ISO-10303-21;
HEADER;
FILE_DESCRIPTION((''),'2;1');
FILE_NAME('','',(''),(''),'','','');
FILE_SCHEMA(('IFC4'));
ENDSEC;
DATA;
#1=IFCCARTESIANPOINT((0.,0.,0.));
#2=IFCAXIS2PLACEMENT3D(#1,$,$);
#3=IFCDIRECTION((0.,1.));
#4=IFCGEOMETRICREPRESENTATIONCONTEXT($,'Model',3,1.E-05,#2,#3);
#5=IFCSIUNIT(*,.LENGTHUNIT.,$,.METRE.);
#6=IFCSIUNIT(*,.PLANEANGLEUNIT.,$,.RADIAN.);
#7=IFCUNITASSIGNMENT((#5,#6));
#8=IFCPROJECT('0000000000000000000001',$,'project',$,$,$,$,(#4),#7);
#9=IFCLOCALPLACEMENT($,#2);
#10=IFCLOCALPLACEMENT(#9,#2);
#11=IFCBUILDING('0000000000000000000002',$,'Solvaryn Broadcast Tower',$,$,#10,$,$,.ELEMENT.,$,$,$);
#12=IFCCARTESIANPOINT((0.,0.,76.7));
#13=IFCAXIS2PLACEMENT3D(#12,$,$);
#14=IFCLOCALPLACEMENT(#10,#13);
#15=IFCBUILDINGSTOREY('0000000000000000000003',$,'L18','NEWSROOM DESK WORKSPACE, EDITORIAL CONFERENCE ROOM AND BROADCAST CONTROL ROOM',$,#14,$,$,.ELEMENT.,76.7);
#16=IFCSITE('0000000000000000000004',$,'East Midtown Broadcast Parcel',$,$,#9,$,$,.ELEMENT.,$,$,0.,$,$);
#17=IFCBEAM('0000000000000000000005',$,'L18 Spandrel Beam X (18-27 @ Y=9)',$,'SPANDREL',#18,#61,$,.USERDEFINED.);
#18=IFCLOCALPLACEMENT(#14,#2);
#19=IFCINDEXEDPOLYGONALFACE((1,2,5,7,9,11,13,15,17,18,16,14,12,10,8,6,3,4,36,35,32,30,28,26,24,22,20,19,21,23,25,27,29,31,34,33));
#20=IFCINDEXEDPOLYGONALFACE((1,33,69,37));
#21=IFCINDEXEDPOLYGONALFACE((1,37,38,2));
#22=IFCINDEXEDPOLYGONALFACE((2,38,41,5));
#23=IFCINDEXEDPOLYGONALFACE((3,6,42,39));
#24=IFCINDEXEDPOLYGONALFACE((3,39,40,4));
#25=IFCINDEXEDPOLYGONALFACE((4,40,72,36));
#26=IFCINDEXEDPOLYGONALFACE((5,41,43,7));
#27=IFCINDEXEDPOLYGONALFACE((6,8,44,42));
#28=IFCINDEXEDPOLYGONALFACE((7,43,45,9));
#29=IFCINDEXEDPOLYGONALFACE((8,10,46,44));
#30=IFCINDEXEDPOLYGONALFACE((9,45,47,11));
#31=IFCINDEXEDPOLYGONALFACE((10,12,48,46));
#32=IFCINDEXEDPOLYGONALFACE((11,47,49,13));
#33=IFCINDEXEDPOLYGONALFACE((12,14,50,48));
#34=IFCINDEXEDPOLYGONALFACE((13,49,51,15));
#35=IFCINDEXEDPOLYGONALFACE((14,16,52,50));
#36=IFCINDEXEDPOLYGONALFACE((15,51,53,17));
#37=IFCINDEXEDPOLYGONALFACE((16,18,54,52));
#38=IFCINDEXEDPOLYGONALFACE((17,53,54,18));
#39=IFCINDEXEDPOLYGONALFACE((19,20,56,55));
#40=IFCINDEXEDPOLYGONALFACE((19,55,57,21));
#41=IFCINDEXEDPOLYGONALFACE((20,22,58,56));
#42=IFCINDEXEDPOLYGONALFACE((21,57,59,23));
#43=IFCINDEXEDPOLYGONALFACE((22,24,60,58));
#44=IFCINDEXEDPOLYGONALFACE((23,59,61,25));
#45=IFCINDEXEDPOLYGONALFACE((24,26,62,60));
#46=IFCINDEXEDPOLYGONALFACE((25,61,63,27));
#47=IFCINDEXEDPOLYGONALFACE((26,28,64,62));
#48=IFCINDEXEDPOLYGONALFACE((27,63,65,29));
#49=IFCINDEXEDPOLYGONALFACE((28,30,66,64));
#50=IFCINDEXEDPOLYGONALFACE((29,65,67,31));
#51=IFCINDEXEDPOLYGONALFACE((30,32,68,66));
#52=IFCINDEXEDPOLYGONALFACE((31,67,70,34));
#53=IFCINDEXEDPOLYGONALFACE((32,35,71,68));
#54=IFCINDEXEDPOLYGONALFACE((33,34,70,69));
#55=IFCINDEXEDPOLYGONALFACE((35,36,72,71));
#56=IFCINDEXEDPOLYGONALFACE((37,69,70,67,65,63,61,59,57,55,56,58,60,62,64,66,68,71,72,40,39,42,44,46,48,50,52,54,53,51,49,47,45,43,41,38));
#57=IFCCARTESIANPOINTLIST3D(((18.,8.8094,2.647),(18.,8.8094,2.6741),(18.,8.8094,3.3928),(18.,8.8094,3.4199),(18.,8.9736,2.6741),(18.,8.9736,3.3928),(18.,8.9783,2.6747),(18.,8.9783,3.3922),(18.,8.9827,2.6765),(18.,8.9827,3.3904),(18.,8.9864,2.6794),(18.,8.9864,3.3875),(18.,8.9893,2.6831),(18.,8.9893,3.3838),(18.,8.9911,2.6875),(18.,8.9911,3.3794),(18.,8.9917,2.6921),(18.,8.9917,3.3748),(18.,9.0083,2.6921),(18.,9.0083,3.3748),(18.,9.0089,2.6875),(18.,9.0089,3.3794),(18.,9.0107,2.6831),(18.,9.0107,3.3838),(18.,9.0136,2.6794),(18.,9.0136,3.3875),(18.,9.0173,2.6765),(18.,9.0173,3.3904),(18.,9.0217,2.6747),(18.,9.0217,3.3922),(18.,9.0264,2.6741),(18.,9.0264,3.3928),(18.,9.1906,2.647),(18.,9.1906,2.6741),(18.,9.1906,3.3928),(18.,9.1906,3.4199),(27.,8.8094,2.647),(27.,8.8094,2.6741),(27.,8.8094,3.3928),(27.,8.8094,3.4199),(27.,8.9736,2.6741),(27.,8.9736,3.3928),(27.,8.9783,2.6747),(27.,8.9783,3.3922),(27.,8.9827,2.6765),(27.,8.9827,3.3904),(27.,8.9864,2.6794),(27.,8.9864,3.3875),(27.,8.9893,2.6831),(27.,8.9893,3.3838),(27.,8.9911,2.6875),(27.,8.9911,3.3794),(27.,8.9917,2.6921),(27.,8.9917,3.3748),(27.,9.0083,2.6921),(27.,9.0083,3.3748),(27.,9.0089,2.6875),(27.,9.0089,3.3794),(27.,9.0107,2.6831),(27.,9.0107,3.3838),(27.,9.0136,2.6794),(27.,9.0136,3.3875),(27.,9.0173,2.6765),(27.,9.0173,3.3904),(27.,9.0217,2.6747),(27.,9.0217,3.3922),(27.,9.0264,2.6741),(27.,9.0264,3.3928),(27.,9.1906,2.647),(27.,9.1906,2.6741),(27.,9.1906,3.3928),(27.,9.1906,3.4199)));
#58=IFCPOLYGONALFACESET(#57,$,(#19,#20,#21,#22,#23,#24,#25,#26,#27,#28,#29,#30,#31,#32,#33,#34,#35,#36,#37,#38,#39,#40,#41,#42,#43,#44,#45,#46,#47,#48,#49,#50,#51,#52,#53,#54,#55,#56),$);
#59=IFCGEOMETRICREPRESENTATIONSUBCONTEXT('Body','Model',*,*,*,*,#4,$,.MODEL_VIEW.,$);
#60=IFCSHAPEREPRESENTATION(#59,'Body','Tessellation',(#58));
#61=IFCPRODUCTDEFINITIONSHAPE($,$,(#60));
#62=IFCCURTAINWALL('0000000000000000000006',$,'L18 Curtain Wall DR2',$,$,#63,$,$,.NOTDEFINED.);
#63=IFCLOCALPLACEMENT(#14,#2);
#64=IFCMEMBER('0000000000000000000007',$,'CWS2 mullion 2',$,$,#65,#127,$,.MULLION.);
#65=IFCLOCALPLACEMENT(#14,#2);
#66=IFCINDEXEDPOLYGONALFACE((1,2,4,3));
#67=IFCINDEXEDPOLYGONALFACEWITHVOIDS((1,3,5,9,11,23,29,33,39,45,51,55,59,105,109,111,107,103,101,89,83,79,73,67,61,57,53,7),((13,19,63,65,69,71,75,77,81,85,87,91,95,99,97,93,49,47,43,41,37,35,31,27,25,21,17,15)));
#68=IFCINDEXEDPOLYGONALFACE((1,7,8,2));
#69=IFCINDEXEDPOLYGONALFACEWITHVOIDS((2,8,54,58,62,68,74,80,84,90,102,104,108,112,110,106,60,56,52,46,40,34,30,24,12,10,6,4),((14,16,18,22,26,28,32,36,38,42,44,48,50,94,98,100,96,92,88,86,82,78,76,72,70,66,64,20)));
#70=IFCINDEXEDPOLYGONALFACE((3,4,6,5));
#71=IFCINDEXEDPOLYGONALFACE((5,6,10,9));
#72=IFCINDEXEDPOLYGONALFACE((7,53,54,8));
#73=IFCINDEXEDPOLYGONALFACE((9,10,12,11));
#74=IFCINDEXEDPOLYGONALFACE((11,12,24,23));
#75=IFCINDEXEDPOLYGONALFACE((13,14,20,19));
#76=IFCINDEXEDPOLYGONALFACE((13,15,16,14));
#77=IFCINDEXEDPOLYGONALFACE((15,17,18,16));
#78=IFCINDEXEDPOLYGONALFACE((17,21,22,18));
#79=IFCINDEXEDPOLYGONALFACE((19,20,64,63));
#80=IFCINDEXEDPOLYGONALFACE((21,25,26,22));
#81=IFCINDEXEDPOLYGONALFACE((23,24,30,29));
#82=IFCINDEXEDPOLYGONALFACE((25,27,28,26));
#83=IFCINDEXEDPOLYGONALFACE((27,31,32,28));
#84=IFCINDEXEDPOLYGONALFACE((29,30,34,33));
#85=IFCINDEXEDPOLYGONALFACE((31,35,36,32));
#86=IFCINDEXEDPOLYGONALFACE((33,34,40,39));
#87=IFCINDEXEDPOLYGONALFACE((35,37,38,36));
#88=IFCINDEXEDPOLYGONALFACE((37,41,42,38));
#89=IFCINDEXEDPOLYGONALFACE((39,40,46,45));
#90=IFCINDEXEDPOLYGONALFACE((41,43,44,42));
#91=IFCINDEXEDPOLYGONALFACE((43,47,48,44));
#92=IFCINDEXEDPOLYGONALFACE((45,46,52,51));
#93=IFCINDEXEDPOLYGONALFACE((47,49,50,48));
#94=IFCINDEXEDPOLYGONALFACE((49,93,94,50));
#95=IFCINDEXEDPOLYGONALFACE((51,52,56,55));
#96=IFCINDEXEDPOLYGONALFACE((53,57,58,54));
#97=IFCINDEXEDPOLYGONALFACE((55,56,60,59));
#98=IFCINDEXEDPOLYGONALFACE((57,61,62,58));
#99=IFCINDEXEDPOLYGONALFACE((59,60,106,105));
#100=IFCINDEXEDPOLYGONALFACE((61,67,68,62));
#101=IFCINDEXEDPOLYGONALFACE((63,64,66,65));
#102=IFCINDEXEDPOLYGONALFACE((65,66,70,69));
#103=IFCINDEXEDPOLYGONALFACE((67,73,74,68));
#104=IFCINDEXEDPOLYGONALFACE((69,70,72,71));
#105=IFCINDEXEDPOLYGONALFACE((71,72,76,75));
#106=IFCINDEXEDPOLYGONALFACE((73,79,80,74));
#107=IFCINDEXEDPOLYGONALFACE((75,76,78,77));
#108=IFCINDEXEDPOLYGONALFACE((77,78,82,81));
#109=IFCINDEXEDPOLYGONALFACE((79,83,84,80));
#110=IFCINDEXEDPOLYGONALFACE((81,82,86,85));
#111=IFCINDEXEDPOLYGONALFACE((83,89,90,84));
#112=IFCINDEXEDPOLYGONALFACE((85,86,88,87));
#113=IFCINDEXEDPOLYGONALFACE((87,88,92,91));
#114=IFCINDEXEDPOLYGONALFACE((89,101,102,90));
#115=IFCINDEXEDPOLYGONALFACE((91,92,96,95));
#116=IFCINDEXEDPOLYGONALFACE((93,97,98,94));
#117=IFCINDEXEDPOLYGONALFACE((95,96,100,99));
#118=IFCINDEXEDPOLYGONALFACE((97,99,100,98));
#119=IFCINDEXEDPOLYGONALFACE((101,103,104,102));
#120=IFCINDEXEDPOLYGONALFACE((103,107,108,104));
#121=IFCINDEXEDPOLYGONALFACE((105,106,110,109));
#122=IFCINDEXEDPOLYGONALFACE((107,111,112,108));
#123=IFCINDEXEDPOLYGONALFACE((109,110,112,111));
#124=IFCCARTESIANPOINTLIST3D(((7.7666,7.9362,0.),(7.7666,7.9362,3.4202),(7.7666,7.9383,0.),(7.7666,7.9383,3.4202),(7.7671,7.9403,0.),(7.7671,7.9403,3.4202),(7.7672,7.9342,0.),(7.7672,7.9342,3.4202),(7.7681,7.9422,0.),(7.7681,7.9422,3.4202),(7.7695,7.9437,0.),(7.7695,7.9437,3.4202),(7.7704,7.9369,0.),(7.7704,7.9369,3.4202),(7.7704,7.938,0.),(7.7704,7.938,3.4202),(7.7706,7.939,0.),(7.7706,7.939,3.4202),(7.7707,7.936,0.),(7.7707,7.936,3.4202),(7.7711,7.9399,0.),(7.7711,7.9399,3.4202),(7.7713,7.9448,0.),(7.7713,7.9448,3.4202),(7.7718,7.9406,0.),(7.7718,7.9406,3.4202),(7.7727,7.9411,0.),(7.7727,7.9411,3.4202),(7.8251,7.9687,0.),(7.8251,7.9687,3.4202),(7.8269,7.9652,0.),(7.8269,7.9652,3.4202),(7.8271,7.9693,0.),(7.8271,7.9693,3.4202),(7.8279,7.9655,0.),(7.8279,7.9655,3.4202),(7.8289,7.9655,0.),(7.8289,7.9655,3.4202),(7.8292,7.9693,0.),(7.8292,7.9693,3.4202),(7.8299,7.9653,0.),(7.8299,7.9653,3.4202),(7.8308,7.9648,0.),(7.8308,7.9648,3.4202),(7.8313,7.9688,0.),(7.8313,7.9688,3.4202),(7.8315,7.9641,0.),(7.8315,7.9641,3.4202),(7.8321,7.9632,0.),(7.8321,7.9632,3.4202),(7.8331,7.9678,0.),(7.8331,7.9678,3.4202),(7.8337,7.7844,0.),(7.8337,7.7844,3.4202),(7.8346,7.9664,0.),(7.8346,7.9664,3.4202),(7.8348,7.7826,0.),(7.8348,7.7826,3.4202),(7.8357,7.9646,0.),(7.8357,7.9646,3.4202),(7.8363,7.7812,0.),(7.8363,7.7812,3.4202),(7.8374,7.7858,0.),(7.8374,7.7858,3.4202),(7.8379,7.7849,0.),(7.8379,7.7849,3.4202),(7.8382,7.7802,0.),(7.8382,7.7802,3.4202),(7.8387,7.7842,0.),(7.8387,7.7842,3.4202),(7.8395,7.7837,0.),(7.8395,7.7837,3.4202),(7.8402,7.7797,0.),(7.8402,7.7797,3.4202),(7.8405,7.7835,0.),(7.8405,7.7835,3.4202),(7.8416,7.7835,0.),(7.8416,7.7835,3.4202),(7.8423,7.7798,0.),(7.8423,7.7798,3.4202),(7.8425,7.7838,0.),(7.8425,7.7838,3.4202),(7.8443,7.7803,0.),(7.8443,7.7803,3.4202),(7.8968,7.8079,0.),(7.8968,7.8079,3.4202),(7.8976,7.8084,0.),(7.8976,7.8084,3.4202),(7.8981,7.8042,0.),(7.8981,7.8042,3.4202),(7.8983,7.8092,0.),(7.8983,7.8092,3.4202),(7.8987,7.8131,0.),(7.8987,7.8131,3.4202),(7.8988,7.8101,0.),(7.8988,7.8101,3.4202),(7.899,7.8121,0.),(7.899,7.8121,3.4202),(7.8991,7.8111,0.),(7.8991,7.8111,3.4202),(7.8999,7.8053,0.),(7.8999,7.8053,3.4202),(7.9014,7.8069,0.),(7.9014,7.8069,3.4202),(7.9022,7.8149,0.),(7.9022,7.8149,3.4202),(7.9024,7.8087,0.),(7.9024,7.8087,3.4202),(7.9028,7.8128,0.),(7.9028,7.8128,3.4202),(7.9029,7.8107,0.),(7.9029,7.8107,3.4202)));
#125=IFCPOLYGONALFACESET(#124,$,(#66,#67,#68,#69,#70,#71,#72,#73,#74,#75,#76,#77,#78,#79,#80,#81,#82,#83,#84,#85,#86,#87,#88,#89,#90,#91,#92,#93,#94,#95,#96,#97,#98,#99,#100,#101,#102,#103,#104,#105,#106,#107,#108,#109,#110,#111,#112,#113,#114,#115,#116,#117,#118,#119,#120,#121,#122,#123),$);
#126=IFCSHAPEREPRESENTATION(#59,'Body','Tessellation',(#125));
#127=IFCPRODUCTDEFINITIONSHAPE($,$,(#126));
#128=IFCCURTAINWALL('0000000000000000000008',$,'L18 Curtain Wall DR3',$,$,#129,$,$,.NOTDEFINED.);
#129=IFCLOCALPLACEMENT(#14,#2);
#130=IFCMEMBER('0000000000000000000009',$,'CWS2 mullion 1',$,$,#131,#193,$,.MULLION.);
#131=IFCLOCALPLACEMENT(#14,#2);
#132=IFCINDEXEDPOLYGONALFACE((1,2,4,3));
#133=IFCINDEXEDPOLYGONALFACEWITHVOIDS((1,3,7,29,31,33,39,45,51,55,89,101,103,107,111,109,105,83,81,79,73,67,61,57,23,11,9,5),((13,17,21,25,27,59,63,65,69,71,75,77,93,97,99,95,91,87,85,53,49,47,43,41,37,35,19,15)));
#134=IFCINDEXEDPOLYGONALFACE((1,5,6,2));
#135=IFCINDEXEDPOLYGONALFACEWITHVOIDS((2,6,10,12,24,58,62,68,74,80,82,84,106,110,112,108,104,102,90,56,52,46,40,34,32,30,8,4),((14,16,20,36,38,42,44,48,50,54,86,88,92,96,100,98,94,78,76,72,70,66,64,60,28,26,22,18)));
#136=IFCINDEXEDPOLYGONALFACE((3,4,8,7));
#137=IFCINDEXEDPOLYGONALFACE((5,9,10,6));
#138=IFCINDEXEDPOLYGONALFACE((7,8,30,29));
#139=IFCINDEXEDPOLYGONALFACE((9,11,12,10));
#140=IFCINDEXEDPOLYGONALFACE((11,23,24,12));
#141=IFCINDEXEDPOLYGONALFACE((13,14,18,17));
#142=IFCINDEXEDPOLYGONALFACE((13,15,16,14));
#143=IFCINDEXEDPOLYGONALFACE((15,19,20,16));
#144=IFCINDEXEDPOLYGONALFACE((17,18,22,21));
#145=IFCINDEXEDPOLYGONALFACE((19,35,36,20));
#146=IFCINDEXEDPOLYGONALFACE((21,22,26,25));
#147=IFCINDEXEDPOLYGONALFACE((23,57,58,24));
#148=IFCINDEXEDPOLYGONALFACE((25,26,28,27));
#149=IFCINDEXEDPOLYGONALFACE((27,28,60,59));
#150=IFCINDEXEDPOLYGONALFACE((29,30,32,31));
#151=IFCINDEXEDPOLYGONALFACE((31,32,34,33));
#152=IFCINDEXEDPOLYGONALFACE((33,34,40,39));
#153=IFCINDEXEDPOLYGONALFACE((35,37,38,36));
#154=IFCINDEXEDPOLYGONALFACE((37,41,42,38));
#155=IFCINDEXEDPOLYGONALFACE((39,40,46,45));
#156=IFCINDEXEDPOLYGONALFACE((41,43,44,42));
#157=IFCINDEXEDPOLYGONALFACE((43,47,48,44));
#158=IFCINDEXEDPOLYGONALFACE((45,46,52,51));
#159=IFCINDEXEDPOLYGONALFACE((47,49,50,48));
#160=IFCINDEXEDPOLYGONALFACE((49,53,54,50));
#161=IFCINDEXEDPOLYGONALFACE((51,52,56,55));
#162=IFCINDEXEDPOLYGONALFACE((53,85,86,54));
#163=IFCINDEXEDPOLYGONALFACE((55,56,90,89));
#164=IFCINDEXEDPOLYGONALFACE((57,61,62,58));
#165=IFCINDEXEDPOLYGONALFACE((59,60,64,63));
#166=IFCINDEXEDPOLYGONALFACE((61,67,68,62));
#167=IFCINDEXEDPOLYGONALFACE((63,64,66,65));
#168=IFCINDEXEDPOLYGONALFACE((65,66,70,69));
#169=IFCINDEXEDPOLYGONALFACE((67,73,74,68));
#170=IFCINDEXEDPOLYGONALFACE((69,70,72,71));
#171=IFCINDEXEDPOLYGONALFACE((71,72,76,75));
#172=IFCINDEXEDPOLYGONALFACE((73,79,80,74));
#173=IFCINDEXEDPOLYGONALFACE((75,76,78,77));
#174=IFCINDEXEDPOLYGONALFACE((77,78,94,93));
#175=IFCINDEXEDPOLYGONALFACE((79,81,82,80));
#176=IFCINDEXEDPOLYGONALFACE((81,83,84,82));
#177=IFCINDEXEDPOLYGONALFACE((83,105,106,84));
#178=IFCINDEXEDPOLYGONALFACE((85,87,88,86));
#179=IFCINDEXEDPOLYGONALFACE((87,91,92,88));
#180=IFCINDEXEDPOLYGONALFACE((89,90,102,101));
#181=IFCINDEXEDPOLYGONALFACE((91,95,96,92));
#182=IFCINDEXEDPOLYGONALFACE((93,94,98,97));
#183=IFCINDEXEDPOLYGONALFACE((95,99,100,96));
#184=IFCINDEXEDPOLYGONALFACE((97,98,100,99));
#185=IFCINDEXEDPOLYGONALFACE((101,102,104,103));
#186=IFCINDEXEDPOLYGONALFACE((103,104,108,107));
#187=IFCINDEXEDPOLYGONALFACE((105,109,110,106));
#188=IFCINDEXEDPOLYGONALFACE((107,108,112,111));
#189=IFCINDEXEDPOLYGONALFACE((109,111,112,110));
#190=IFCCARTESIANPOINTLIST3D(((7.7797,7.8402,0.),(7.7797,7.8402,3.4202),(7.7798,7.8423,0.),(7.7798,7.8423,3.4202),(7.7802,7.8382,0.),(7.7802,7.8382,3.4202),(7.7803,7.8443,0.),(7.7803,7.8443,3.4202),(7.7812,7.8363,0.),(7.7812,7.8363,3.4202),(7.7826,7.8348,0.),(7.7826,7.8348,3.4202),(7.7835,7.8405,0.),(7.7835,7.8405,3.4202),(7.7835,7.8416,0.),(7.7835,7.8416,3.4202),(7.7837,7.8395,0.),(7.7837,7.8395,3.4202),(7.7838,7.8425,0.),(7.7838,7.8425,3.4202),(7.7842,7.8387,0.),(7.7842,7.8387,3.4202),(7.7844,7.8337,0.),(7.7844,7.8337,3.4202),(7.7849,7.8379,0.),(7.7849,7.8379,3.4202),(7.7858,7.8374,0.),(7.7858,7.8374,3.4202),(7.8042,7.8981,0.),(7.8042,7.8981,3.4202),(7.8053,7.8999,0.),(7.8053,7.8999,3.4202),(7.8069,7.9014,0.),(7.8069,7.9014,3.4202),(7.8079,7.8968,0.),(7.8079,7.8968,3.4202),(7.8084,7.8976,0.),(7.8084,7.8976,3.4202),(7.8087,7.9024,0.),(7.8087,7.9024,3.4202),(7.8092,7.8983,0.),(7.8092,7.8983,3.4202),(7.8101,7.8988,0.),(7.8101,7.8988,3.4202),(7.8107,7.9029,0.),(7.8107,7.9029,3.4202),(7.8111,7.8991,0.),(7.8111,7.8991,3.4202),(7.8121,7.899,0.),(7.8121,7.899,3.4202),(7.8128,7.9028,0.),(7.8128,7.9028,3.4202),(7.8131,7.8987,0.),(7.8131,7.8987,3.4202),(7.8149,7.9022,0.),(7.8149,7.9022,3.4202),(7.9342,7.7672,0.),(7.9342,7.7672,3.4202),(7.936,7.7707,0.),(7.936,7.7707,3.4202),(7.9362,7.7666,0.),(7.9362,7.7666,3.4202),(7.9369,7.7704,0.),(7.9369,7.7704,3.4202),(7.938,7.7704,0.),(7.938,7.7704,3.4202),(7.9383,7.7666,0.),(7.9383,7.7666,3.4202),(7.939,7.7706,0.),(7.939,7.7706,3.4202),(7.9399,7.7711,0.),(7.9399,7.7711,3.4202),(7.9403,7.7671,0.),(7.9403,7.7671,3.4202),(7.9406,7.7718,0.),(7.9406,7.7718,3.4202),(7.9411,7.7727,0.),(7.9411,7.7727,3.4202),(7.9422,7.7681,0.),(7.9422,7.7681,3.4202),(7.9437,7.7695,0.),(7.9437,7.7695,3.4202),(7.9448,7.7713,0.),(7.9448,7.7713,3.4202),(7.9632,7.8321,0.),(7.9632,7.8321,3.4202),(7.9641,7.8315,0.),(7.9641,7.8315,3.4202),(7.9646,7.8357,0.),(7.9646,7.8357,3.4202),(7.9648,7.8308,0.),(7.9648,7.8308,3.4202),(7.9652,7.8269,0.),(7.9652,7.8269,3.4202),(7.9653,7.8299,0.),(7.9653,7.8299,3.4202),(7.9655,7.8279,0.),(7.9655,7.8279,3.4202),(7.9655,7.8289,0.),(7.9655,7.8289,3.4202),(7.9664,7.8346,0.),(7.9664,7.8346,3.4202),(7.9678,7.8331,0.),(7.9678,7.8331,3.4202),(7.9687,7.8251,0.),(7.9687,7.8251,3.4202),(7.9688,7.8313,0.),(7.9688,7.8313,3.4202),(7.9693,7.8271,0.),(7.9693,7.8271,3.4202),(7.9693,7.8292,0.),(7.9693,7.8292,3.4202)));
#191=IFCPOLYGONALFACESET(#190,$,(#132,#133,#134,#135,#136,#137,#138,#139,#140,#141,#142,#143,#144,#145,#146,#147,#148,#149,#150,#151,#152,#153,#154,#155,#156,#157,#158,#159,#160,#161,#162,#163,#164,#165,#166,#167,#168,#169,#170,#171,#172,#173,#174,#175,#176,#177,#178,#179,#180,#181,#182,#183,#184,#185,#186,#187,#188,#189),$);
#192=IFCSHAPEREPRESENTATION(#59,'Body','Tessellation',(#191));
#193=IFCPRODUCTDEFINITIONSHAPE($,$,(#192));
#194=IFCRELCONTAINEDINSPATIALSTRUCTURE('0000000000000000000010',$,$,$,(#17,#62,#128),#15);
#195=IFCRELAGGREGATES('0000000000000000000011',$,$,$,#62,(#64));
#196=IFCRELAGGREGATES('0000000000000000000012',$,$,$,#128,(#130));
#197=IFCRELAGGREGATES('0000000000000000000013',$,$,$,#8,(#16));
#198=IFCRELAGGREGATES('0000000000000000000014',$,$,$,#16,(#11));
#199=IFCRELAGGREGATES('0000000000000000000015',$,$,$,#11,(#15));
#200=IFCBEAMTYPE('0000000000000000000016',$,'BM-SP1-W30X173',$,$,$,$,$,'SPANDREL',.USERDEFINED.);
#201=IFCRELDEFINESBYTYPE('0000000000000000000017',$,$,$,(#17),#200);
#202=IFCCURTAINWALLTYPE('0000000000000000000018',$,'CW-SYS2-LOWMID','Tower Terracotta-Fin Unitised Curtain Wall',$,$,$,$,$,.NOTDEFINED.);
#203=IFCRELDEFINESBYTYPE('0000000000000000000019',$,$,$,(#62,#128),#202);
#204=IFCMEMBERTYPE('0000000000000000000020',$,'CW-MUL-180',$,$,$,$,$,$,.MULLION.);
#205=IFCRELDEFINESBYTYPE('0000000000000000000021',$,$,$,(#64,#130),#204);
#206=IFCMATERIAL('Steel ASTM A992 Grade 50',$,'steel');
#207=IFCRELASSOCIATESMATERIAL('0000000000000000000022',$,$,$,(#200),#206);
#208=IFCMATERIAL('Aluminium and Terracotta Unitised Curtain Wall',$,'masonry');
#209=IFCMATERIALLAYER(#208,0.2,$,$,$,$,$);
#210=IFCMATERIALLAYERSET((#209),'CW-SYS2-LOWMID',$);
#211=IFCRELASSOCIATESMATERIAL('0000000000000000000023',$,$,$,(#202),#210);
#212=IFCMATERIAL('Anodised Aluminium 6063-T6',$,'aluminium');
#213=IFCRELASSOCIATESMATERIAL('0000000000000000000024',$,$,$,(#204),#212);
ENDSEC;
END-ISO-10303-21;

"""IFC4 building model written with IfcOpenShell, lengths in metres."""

from ifc_helpers import new_model, si_unit, direction, frame, origin, origin_2d, place, context, subcontext, project, spatial, hollow_rectangle, i_section, extrude, material, layer, layer_set, material_profile, profile_set, type_object, element, aggregate, save


model = new_model("IFC4")

# Units and contexts
model_context = context("Model", 3, precision=1e-05, world=origin(), true_north=direction((0.0, 1.0)))
body_context = subcontext(model_context, "Body", "Model", "MODEL_VIEW")
ifc_project = project(units=[si_unit("LENGTHUNIT", "METRE"), si_unit("PLANEANGLEUNIT", "RADIAN")], contexts=[model_context])

# Site, building, storey
site_placement = place(None, origin())
site = spatial("IfcSite", under=ifc_project, at=site_placement, Name="East Midtown Broadcast Parcel", CompositionType="ELEMENT", RefElevation=0.0)
building_placement = place(site_placement, origin())
building = spatial("IfcBuilding", under=site, at=building_placement, Name="Solvaryn Broadcast Tower", CompositionType="ELEMENT")
storey_placement = place(building_placement, frame((0.0, 0.0, 76.7)))
storey = spatial("IfcBuildingStorey", under=building, at=storey_placement, Name="L18", Description="NEWSROOM DESK WORKSPACE, EDITORIAL CONFERENCE ROOM AND BROADCAST CONTROL ROOM", CompositionType="ELEMENT", Elevation=76.7)

# Beam
ifc_material_1 = material(Name="Steel ASTM A992 Grade 50", Category="steel")
ifc_material_profile_1 = material_profile(ifc_material_1, i_section(OverallWidth=0.3811, OverallDepth=0.7729, WebThickness=0.0166, FlangeThickness=0.0271, FilletRadius=0.0181, at=origin_2d()))
ifc_profile_set_1 = profile_set([ifc_material_profile_1], Name="Steel ASTM A992 Grade 50")
beam_type_1 = type_object("IfcBeamType", Name="BM-SP1-W30X173", ElementType="SPANDREL", PredefinedType="USERDEFINED", material=ifc_profile_set_1)
beam_1_placement = place(storey_placement, frame((18.0, 9.0, 3.0334), z_axis=(1.0, 0.0, 0.0), x_axis=(0.0, 1.0, 0.0)))
element("IfcBeam", 1, at=beam_1_placement, inside=storey, type_object=beam_type_1, Name="L18 Spandrel Beam X (18-27 @ Y=9)", ObjectType="SPANDREL", PredefinedType="USERDEFINED", context=body_context, shape_type="SweptSolid", body=[
    extrude(i_section(OverallWidth=0.3811, OverallDepth=0.7729, WebThickness=0.0166, FlangeThickness=0.0271, FilletRadius=0.0181, at=origin_2d()), origin(), (0.0, 0.0, 1.0), 9.0),
])

# Curtain wall, member
ifc_material_2 = material(Name="Aluminium and Terracotta Unitised Curtain Wall", Category="masonry")
ifc_layer_1 = layer(ifc_material_2, 0.2)
ifc_layer_set_1 = layer_set([ifc_layer_1], Name="CW-SYS2-LOWMID")
curtain_wall_type = type_object("IfcCurtainWallType", Name="CW-SYS2-LOWMID", Description="Tower Terracotta-Fin Unitised Curtain Wall", PredefinedType="NOTDEFINED", material=ifc_layer_set_1)
curtain_wall_1_placement = place(storey_placement, origin())
curtain_wall_1 = element("IfcCurtainWall", 2, at=curtain_wall_1_placement, inside=storey, type_object=curtain_wall_type, Name="L18 Curtain Wall DR2", PredefinedType="NOTDEFINED")
ifc_material_3 = material(Name="Anodised Aluminium 6063-T6", Category="aluminium")
ifc_material_profile_2 = material_profile(ifc_material_3, hollow_rectangle(XDim=0.075, YDim=0.1799, WallThickness=0.0039, InnerFilletRadius=0.0039, OuterFilletRadius=0.0081, at=origin_2d()))
ifc_profile_set_2 = profile_set([ifc_material_profile_2], Name="Anodised Aluminium 6063-T6")
member_type_1 = type_object("IfcMemberType", Name="CW-MUL-180", PredefinedType="MULLION", material=ifc_profile_set_2)
member_1_placement = place(storey_placement, frame((7.8347, 7.8745, 0.0), z_axis=(0.0, 0.0, 1.0), x_axis=(0.913918, 0.405898, 0.0)))
member_1 = element("IfcMember", 3, at=member_1_placement, type_object=member_type_1, Name="CWS2 mullion 2", PredefinedType="MULLION", context=body_context, shape_type="SweptSolid", body=[
    extrude(hollow_rectangle(XDim=0.075, YDim=0.1799, WallThickness=0.0039, InnerFilletRadius=0.0039, OuterFilletRadius=0.0081, at=origin_2d()), origin(), (0.0, 0.0, 1.0), 3.4202),
])
aggregate(curtain_wall_1, [member_1])

# Curtain wall, member
curtain_wall_2_placement = place(storey_placement, origin())
curtain_wall_2 = element("IfcCurtainWall", 4, at=curtain_wall_2_placement, inside=storey, type_object=curtain_wall_type, Name="L18 Curtain Wall DR3", PredefinedType="NOTDEFINED")
member_2_placement = place(storey_placement, frame((7.8745, 7.8347, 0.0), z_axis=(0.0, 0.0, 1.0), x_axis=(0.405898, 0.913918, 0.0)))
member_2 = element("IfcMember", 5, at=member_2_placement, type_object=member_type_1, Name="CWS2 mullion 1", PredefinedType="MULLION", context=body_context, shape_type="SweptSolid", body=[
    extrude(hollow_rectangle(XDim=0.075, YDim=0.1799, WallThickness=0.0039, InnerFilletRadius=0.0039, OuterFilletRadius=0.0081, at=origin_2d()), origin(), (0.0, 0.0, 1.0), 3.4202),
])
aggregate(curtain_wall_2, [member_2])

save(model, "model.ifc")
